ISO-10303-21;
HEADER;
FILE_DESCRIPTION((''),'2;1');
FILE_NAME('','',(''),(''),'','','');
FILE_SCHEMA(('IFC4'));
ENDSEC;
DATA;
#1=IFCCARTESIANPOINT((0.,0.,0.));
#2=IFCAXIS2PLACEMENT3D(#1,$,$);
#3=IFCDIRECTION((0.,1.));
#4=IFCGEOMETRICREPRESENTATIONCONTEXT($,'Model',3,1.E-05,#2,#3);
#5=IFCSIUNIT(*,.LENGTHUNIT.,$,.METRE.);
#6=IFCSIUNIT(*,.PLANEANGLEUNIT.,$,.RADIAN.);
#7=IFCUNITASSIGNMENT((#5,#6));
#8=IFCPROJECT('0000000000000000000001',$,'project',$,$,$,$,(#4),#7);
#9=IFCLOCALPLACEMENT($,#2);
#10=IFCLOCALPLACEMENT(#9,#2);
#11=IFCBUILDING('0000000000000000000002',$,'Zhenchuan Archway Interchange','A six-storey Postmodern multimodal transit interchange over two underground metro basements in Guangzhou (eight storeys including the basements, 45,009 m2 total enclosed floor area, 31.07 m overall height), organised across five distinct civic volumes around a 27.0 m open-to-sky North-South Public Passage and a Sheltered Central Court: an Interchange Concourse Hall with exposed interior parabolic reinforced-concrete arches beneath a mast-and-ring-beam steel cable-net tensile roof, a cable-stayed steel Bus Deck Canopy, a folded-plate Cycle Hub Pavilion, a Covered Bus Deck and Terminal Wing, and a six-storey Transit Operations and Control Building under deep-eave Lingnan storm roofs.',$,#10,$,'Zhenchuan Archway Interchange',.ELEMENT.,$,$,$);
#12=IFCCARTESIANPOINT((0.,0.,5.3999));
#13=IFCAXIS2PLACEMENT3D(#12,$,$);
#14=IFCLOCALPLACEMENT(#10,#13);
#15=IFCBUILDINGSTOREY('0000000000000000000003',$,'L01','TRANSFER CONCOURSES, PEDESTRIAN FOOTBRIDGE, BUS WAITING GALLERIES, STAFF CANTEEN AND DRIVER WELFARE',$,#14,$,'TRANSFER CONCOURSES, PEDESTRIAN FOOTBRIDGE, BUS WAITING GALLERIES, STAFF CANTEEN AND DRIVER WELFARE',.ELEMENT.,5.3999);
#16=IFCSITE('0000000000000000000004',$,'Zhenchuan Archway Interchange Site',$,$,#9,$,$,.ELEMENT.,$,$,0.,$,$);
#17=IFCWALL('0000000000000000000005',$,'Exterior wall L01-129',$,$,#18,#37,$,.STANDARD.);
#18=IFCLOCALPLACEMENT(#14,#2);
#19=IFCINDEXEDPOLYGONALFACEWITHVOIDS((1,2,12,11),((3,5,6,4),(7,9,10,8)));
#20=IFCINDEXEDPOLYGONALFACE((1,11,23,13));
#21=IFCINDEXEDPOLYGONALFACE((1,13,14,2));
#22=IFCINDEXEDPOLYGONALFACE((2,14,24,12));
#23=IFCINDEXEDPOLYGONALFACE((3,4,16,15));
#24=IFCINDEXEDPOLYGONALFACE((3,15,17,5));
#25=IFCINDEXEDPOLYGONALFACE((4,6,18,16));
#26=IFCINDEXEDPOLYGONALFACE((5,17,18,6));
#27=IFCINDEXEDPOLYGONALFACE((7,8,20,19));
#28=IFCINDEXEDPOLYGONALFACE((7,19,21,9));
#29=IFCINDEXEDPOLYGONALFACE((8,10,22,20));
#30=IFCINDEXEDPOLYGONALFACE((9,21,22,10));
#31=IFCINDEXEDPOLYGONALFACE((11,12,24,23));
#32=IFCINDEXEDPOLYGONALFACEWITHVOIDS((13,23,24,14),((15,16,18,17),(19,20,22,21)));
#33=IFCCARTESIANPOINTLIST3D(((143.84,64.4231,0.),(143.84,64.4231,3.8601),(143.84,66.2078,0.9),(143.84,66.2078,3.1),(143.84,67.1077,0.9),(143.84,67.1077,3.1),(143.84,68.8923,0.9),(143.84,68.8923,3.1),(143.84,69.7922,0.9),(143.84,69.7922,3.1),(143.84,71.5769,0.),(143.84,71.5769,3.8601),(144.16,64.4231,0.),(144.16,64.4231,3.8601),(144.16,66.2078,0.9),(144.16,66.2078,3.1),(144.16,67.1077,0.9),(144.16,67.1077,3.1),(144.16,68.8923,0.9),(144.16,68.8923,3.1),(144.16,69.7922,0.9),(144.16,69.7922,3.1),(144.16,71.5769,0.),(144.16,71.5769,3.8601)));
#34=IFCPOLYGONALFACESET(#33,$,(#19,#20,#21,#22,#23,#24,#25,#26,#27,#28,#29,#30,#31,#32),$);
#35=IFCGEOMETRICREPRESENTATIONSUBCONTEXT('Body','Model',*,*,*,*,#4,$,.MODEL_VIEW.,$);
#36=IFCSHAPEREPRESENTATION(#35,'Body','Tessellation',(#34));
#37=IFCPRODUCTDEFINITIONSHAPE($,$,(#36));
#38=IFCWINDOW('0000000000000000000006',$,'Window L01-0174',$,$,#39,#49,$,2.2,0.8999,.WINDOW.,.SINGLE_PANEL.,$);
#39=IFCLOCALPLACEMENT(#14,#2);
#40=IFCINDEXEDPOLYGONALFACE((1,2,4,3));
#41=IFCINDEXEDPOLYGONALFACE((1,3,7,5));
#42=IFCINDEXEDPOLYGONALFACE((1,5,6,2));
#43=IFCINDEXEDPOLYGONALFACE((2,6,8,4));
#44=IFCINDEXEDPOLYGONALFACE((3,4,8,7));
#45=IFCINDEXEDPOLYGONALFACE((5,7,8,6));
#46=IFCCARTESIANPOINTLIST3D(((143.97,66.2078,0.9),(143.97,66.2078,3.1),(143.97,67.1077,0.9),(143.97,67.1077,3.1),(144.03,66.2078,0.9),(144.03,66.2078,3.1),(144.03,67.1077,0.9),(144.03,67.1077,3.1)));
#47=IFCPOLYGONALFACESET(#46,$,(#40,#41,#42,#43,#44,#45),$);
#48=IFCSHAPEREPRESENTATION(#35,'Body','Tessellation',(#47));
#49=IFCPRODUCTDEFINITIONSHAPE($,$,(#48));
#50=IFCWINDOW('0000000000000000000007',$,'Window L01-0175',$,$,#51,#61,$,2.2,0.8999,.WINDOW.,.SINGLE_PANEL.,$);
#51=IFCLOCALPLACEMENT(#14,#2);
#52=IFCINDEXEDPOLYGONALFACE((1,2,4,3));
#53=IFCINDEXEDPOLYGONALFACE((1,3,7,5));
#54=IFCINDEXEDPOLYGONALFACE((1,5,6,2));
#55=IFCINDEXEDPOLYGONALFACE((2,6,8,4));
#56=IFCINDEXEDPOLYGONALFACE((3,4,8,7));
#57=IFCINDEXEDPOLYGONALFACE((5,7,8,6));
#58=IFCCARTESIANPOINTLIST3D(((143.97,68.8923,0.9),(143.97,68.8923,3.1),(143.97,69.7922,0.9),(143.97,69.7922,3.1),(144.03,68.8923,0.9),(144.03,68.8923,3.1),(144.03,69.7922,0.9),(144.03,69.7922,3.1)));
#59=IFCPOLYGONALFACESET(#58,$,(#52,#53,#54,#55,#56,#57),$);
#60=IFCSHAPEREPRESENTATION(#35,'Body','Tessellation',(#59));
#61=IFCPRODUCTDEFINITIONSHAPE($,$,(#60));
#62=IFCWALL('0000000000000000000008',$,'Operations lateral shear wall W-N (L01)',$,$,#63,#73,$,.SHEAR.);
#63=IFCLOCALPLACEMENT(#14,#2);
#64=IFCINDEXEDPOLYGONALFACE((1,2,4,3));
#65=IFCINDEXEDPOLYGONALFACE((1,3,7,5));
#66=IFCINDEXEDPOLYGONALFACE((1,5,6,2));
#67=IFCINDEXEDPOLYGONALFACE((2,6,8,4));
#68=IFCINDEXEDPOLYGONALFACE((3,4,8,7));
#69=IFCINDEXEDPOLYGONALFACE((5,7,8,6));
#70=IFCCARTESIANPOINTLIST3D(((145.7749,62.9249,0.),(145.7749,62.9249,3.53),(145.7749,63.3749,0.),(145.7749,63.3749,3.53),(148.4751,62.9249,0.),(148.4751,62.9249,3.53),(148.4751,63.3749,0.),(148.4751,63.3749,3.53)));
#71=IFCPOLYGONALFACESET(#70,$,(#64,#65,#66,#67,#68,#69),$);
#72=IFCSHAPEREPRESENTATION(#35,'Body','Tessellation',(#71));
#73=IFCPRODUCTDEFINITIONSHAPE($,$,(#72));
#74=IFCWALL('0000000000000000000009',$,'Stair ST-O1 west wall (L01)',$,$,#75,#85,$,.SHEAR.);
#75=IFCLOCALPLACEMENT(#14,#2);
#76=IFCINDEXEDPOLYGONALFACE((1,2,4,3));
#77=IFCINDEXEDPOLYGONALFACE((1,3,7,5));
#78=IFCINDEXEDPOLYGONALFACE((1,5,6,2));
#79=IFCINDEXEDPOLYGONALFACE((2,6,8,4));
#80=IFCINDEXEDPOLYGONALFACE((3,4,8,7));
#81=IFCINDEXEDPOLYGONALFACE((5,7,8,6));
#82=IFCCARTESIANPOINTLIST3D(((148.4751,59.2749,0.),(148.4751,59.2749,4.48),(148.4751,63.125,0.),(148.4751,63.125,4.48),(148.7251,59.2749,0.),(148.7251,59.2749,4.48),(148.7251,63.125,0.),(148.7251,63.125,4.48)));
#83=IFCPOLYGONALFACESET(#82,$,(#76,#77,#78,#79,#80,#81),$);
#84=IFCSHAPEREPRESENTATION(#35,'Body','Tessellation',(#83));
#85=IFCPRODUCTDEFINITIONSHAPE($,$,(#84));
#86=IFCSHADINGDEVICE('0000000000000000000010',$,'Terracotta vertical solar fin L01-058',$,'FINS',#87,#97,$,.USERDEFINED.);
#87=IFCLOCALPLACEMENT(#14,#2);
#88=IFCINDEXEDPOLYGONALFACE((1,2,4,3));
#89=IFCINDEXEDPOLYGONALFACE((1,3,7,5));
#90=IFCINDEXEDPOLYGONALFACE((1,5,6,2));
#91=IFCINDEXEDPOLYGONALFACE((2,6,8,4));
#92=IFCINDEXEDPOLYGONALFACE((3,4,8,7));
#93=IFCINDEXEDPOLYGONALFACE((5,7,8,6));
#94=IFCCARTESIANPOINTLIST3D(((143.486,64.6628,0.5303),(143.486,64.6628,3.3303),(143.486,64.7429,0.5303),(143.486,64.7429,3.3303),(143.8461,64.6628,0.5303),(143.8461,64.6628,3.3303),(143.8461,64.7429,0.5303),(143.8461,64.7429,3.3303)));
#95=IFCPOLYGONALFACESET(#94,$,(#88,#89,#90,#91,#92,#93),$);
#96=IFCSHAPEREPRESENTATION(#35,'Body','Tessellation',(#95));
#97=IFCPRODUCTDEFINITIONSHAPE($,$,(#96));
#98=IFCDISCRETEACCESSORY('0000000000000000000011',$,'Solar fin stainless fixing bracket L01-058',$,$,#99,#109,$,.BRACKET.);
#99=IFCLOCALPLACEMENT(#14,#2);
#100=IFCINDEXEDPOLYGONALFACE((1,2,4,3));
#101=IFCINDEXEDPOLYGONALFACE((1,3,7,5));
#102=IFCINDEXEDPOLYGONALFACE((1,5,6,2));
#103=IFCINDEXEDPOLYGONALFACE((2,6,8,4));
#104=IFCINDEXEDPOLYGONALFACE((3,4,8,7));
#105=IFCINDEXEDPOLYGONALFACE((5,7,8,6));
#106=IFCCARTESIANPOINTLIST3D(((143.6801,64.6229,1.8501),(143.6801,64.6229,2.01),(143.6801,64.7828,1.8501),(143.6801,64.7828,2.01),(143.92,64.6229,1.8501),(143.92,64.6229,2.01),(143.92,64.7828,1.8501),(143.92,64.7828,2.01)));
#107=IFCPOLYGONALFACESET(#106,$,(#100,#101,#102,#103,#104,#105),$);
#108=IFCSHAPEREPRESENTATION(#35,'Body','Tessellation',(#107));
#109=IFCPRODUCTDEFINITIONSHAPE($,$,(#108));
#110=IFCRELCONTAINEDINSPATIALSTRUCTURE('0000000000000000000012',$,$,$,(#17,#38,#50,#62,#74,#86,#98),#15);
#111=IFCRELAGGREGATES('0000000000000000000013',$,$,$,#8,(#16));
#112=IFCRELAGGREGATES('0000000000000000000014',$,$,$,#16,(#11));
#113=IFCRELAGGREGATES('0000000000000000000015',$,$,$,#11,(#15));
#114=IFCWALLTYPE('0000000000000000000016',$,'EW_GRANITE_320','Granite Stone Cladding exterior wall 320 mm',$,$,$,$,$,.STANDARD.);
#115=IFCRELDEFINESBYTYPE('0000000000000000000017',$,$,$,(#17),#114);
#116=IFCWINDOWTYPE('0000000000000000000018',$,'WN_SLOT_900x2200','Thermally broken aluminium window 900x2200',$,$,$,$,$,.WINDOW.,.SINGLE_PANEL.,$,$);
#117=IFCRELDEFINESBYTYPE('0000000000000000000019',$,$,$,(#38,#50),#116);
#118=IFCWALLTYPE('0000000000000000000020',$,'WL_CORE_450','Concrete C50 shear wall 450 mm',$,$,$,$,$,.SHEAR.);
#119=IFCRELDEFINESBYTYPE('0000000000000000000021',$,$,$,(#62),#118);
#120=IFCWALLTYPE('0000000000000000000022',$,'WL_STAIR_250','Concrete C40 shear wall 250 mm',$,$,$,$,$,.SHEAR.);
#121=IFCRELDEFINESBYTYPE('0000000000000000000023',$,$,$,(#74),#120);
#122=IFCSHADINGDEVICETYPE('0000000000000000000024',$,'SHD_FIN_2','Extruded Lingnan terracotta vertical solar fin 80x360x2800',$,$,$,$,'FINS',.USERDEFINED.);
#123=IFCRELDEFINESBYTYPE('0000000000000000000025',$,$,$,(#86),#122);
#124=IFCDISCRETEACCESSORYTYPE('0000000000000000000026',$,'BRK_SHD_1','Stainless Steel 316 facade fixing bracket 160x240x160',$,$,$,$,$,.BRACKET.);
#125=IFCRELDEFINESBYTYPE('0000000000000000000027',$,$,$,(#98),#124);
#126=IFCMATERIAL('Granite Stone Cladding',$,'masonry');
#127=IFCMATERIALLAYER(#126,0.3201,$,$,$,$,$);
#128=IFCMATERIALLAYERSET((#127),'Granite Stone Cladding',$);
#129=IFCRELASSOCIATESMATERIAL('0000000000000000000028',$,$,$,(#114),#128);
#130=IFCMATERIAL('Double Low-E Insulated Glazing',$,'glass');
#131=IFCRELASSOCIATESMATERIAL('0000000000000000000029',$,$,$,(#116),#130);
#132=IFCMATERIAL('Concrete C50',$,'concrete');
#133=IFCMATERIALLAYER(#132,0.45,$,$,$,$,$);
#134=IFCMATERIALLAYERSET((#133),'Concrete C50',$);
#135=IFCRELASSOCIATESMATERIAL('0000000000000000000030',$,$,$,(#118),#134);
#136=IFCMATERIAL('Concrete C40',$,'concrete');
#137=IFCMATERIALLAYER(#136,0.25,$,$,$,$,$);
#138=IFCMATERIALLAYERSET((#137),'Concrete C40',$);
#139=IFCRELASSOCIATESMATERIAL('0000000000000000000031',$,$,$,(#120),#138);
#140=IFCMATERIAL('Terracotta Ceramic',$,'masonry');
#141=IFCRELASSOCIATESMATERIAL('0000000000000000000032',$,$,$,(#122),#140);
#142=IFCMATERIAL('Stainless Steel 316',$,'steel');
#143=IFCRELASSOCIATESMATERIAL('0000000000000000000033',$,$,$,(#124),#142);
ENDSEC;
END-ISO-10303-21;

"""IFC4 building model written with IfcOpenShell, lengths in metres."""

from ifc_helpers import new_model, si_unit, direction, frame, frame_2d, origin, origin_2d, place, context, subcontext, project, spatial, rectangle, extrude, material, layer, layer_set, type_object, element, fill, save


model = new_model("IFC4")

# Units and contexts
model_context = context("Model", 3, precision=1e-05, world=origin(), true_north=direction((0.0, 1.0)))
body_context = subcontext(model_context, "Body", "Model", "MODEL_VIEW")
ifc_project = project(units=[si_unit("LENGTHUNIT", "METRE"), si_unit("PLANEANGLEUNIT", "RADIAN")], contexts=[model_context])

# Site, building, storey
site_placement = place(None, origin())
site = spatial("IfcSite", under=ifc_project, at=site_placement, Name="Zhenchuan Archway Interchange Site", CompositionType="ELEMENT", RefElevation=0.0)
building_placement = place(site_placement, origin())
building = spatial("IfcBuilding", under=site, at=building_placement, Name="Zhenchuan Archway Interchange", Description="A six-storey Postmodern multimodal transit interchange over two underground metro basements in Guangzhou (eight storeys including the basements, 45,009 m2 total enclosed floor area, 31.07 m overall height), organised across five distinct civic volumes around a 27.0 m open-to-sky North-South Public Passage and a Sheltered Central Court: an Interchange Concourse Hall with exposed interior parabolic reinforced-concrete arches beneath a mast-and-ring-beam steel cable-net tensile roof, a cable-stayed steel Bus Deck Canopy, a folded-plate Cycle Hub Pavilion, a Covered Bus Deck and Terminal Wing, and a six-storey Transit Operations and Control Building under deep-eave Lingnan storm roofs.", LongName="Zhenchuan Archway Interchange", CompositionType="ELEMENT")
storey_placement = place(building_placement, frame((0.0, 0.0, 5.3999)))
storey = spatial("IfcBuildingStorey", under=building, at=storey_placement, Name="L01", Description="TRANSFER CONCOURSES, PEDESTRIAN FOOTBRIDGE, BUS WAITING GALLERIES, STAFF CANTEEN AND DRIVER WELFARE", LongName="TRANSFER CONCOURSES, PEDESTRIAN FOOTBRIDGE, BUS WAITING GALLERIES, STAFF CANTEEN AND DRIVER WELFARE", CompositionType="ELEMENT", Elevation=5.3999)

# Shared definitions
ifc_material_1 = material(Name="Concrete C50", Category="concrete")

# Shared definitions
ifc_material_2 = material(Name="Concrete C40", Category="concrete")

# Shared definitions
ifc_material_3 = material(Name="Double Low-E Insulated Glazing", Category="glass")

# Wall, openings, windows
ifc_material_4 = material(Name="Granite Stone Cladding", Category="masonry")
ifc_layer_1 = layer(ifc_material_4, 0.3201)
ifc_layer_set_1 = layer_set([ifc_layer_1], Name="Granite Stone Cladding")
wall_type_1 = type_object("IfcWallType", Name="EW_GRANITE_320", Description="Granite Stone Cladding exterior wall 320 mm", PredefinedType="STANDARD", material=ifc_layer_set_1)
wall_1_placement = place(storey_placement, frame((144.0, 64.4231, 0.0), z_axis=(0.0, 0.0, 1.0), x_axis=(0.0, 1.0, 0.0)))
wall_1 = element("IfcWall", 1, at=wall_1_placement, inside=storey, type_object=wall_type_1, Name="Exterior wall L01-129", PredefinedType="STANDARD", context=body_context, shape_type="SweptSolid", body=[
    extrude(rectangle(XDim=7.1538, YDim=0.3201, at=frame_2d((3.5769, 0.0))), origin(), (0.0, 0.0, 1.0), 3.8601),
])
opening_1_placement = place(wall_1_placement, frame((1.7847, 0.0, 0.8999)))
opening_1 = element("IfcOpeningElement", 2, at=opening_1_placement, cuts=wall_1, PredefinedType="OPENING", context=body_context, shape_type="SweptSolid", body=[
    extrude(rectangle(XDim=0.8999, YDim=2.2, at=frame_2d((0.45, 1.1001))), frame((0.0, 0.1719, 0.0), z_axis=(0.0, -1.0, 0.0), x_axis=(1.0, 0.0, 0.0)), (0.0, 0.0, 1.0), 0.344),
])
opening_2_placement = place(wall_1_placement, frame((4.4692, 0.0, 0.8999)))
opening_2 = element("IfcOpeningElement", 3, at=opening_2_placement, cuts=wall_1, PredefinedType="OPENING", context=body_context, shape_type="SweptSolid", body=[
    extrude(rectangle(XDim=0.8999, YDim=2.2, at=frame_2d((0.45, 1.1001))), frame((0.0, 0.1719, 0.0), z_axis=(0.0, -1.0, 0.0), x_axis=(1.0, 0.0, 0.0)), (0.0, 0.0, 1.0), 0.344),
])
window_type = type_object("IfcWindowType", Name="WN_SLOT_900x2200", Description="Thermally broken aluminium window 900x2200", PartitioningType="SINGLE_PANEL", PredefinedType="WINDOW", material=ifc_material_3)
window_1_placement = place(opening_1_placement, origin())
window_1 = element("IfcWindow", 4, at=window_1_placement, inside=storey, type_object=window_type, Name="Window L01-0174", OverallHeight=2.2, OverallWidth=0.8999, PartitioningType="SINGLE_PANEL", PredefinedType="WINDOW", context=body_context, shape_type="SweptSolid", body=[
    extrude(rectangle(XDim=0.8999, YDim=2.2, at=frame_2d((0.45, 1.1001))), frame((0.0, 0.03, 0.0), z_axis=(0.0, -1.0, 0.0), x_axis=(1.0, 0.0, 0.0)), (0.0, 0.0, 1.0), 0.0601),
])
fill(opening_1, window_1)
window_2_placement = place(opening_2_placement, origin())
window_2 = element("IfcWindow", 5, at=window_2_placement, inside=storey, type_object=window_type, Name="Window L01-0175", OverallHeight=2.2, OverallWidth=0.8999, PartitioningType="SINGLE_PANEL", PredefinedType="WINDOW", context=body_context, shape_type="SweptSolid", body=[
    extrude(rectangle(XDim=0.8999, YDim=2.2, at=frame_2d((0.45, 1.1001))), frame((0.0, 0.03, 0.0), z_axis=(0.0, -1.0, 0.0), x_axis=(1.0, 0.0, 0.0)), (0.0, 0.0, 1.0), 0.0601),
])
fill(opening_2, window_2)

# Walls
ifc_layer_2 = layer(ifc_material_1, 0.45)
ifc_layer_set_2 = layer_set([ifc_layer_2], Name="Concrete C50")
wall_type_2 = type_object("IfcWallType", Name="WL_CORE_450", Description="Concrete C50 shear wall 450 mm", PredefinedType="SHEAR", material=ifc_layer_set_2)
wall_2_placement = place(storey_placement, frame((145.7749, 63.1499, 0.0), z_axis=(0.0, 0.0, 1.0), x_axis=(1.0, 0.0, 0.0)))
element("IfcWall", 6, at=wall_2_placement, inside=storey, type_object=wall_type_2, Name="Operations lateral shear wall W-N (L01)", PredefinedType="SHEAR", context=body_context, shape_type="SweptSolid", body=[
    extrude(rectangle(XDim=2.7002, YDim=0.45, at=frame_2d((1.3501, 0.0))), origin(), (0.0, 0.0, 1.0), 3.53),
])
ifc_layer_3 = layer(ifc_material_2, 0.25)
ifc_layer_set_3 = layer_set([ifc_layer_3], Name="Concrete C40")
wall_type_3 = type_object("IfcWallType", Name="WL_STAIR_250", Description="Concrete C40 shear wall 250 mm", PredefinedType="SHEAR", material=ifc_layer_set_3)
wall_3_placement = place(storey_placement, frame((148.6001, 63.125, 0.0), z_axis=(0.0, 0.0, 1.0), x_axis=(0.0, -1.0, 0.0)))
element("IfcWall", 7, at=wall_3_placement, inside=storey, type_object=wall_type_3, Name="Stair ST-O1 west wall (L01)", PredefinedType="SHEAR", context=body_context, shape_type="SweptSolid", body=[
    extrude(rectangle(XDim=3.8501, YDim=0.25, at=frame_2d((1.925, 0.0))), origin(), (0.0, 0.0, 1.0), 4.48),
])

# Shading device
ifc_material_5 = material(Name="Terracotta Ceramic", Category="masonry")
shading_device_type = type_object("IfcShadingDeviceType", Name="SHD_FIN_2", Description="Extruded Lingnan terracotta vertical solar fin 80x360x2800", ElementType="FINS", PredefinedType="USERDEFINED", material=ifc_material_5)
shading_device_placement = place(storey_placement, frame((143.666, 64.7029, 0.5303), z_axis=(0.0, 0.0, 1.0), x_axis=(0.0, 1.0, 0.0)))
element("IfcShadingDevice", 8, at=shading_device_placement, inside=storey, type_object=shading_device_type, Name="Terracotta vertical solar fin L01-058", ObjectType="FINS", PredefinedType="USERDEFINED", context=body_context, shape_type="SweptSolid", body=[
    extrude(rectangle(XDim=0.0801, YDim=0.3601, at=origin_2d()), origin(), (0.0, 0.0, 1.0), 2.8),
])

# Discrete accessory
ifc_material_6 = material(Name="Stainless Steel 316", Category="steel")
discrete_accessory_type = type_object("IfcDiscreteAccessoryType", Name="BRK_SHD_1", Description="Stainless Steel 316 facade fixing bracket 160x240x160", PredefinedType="BRACKET", material=ifc_material_6)
discrete_accessory_placement = place(storey_placement, frame((143.8, 64.7029, 1.8501), z_axis=(0.0, 0.0, 1.0), x_axis=(0.0, 1.0, 0.0)))
element("IfcDiscreteAccessory", 9, at=discrete_accessory_placement, inside=storey, type_object=discrete_accessory_type, Name="Solar fin stainless fixing bracket L01-058", PredefinedType="BRACKET", context=body_context, shape_type="SweptSolid", body=[
    extrude(rectangle(XDim=0.1599, YDim=0.24, at=origin_2d()), origin(), (0.0, 0.0, 1.0), 0.1599),
])

save(model, "model.ifc")
